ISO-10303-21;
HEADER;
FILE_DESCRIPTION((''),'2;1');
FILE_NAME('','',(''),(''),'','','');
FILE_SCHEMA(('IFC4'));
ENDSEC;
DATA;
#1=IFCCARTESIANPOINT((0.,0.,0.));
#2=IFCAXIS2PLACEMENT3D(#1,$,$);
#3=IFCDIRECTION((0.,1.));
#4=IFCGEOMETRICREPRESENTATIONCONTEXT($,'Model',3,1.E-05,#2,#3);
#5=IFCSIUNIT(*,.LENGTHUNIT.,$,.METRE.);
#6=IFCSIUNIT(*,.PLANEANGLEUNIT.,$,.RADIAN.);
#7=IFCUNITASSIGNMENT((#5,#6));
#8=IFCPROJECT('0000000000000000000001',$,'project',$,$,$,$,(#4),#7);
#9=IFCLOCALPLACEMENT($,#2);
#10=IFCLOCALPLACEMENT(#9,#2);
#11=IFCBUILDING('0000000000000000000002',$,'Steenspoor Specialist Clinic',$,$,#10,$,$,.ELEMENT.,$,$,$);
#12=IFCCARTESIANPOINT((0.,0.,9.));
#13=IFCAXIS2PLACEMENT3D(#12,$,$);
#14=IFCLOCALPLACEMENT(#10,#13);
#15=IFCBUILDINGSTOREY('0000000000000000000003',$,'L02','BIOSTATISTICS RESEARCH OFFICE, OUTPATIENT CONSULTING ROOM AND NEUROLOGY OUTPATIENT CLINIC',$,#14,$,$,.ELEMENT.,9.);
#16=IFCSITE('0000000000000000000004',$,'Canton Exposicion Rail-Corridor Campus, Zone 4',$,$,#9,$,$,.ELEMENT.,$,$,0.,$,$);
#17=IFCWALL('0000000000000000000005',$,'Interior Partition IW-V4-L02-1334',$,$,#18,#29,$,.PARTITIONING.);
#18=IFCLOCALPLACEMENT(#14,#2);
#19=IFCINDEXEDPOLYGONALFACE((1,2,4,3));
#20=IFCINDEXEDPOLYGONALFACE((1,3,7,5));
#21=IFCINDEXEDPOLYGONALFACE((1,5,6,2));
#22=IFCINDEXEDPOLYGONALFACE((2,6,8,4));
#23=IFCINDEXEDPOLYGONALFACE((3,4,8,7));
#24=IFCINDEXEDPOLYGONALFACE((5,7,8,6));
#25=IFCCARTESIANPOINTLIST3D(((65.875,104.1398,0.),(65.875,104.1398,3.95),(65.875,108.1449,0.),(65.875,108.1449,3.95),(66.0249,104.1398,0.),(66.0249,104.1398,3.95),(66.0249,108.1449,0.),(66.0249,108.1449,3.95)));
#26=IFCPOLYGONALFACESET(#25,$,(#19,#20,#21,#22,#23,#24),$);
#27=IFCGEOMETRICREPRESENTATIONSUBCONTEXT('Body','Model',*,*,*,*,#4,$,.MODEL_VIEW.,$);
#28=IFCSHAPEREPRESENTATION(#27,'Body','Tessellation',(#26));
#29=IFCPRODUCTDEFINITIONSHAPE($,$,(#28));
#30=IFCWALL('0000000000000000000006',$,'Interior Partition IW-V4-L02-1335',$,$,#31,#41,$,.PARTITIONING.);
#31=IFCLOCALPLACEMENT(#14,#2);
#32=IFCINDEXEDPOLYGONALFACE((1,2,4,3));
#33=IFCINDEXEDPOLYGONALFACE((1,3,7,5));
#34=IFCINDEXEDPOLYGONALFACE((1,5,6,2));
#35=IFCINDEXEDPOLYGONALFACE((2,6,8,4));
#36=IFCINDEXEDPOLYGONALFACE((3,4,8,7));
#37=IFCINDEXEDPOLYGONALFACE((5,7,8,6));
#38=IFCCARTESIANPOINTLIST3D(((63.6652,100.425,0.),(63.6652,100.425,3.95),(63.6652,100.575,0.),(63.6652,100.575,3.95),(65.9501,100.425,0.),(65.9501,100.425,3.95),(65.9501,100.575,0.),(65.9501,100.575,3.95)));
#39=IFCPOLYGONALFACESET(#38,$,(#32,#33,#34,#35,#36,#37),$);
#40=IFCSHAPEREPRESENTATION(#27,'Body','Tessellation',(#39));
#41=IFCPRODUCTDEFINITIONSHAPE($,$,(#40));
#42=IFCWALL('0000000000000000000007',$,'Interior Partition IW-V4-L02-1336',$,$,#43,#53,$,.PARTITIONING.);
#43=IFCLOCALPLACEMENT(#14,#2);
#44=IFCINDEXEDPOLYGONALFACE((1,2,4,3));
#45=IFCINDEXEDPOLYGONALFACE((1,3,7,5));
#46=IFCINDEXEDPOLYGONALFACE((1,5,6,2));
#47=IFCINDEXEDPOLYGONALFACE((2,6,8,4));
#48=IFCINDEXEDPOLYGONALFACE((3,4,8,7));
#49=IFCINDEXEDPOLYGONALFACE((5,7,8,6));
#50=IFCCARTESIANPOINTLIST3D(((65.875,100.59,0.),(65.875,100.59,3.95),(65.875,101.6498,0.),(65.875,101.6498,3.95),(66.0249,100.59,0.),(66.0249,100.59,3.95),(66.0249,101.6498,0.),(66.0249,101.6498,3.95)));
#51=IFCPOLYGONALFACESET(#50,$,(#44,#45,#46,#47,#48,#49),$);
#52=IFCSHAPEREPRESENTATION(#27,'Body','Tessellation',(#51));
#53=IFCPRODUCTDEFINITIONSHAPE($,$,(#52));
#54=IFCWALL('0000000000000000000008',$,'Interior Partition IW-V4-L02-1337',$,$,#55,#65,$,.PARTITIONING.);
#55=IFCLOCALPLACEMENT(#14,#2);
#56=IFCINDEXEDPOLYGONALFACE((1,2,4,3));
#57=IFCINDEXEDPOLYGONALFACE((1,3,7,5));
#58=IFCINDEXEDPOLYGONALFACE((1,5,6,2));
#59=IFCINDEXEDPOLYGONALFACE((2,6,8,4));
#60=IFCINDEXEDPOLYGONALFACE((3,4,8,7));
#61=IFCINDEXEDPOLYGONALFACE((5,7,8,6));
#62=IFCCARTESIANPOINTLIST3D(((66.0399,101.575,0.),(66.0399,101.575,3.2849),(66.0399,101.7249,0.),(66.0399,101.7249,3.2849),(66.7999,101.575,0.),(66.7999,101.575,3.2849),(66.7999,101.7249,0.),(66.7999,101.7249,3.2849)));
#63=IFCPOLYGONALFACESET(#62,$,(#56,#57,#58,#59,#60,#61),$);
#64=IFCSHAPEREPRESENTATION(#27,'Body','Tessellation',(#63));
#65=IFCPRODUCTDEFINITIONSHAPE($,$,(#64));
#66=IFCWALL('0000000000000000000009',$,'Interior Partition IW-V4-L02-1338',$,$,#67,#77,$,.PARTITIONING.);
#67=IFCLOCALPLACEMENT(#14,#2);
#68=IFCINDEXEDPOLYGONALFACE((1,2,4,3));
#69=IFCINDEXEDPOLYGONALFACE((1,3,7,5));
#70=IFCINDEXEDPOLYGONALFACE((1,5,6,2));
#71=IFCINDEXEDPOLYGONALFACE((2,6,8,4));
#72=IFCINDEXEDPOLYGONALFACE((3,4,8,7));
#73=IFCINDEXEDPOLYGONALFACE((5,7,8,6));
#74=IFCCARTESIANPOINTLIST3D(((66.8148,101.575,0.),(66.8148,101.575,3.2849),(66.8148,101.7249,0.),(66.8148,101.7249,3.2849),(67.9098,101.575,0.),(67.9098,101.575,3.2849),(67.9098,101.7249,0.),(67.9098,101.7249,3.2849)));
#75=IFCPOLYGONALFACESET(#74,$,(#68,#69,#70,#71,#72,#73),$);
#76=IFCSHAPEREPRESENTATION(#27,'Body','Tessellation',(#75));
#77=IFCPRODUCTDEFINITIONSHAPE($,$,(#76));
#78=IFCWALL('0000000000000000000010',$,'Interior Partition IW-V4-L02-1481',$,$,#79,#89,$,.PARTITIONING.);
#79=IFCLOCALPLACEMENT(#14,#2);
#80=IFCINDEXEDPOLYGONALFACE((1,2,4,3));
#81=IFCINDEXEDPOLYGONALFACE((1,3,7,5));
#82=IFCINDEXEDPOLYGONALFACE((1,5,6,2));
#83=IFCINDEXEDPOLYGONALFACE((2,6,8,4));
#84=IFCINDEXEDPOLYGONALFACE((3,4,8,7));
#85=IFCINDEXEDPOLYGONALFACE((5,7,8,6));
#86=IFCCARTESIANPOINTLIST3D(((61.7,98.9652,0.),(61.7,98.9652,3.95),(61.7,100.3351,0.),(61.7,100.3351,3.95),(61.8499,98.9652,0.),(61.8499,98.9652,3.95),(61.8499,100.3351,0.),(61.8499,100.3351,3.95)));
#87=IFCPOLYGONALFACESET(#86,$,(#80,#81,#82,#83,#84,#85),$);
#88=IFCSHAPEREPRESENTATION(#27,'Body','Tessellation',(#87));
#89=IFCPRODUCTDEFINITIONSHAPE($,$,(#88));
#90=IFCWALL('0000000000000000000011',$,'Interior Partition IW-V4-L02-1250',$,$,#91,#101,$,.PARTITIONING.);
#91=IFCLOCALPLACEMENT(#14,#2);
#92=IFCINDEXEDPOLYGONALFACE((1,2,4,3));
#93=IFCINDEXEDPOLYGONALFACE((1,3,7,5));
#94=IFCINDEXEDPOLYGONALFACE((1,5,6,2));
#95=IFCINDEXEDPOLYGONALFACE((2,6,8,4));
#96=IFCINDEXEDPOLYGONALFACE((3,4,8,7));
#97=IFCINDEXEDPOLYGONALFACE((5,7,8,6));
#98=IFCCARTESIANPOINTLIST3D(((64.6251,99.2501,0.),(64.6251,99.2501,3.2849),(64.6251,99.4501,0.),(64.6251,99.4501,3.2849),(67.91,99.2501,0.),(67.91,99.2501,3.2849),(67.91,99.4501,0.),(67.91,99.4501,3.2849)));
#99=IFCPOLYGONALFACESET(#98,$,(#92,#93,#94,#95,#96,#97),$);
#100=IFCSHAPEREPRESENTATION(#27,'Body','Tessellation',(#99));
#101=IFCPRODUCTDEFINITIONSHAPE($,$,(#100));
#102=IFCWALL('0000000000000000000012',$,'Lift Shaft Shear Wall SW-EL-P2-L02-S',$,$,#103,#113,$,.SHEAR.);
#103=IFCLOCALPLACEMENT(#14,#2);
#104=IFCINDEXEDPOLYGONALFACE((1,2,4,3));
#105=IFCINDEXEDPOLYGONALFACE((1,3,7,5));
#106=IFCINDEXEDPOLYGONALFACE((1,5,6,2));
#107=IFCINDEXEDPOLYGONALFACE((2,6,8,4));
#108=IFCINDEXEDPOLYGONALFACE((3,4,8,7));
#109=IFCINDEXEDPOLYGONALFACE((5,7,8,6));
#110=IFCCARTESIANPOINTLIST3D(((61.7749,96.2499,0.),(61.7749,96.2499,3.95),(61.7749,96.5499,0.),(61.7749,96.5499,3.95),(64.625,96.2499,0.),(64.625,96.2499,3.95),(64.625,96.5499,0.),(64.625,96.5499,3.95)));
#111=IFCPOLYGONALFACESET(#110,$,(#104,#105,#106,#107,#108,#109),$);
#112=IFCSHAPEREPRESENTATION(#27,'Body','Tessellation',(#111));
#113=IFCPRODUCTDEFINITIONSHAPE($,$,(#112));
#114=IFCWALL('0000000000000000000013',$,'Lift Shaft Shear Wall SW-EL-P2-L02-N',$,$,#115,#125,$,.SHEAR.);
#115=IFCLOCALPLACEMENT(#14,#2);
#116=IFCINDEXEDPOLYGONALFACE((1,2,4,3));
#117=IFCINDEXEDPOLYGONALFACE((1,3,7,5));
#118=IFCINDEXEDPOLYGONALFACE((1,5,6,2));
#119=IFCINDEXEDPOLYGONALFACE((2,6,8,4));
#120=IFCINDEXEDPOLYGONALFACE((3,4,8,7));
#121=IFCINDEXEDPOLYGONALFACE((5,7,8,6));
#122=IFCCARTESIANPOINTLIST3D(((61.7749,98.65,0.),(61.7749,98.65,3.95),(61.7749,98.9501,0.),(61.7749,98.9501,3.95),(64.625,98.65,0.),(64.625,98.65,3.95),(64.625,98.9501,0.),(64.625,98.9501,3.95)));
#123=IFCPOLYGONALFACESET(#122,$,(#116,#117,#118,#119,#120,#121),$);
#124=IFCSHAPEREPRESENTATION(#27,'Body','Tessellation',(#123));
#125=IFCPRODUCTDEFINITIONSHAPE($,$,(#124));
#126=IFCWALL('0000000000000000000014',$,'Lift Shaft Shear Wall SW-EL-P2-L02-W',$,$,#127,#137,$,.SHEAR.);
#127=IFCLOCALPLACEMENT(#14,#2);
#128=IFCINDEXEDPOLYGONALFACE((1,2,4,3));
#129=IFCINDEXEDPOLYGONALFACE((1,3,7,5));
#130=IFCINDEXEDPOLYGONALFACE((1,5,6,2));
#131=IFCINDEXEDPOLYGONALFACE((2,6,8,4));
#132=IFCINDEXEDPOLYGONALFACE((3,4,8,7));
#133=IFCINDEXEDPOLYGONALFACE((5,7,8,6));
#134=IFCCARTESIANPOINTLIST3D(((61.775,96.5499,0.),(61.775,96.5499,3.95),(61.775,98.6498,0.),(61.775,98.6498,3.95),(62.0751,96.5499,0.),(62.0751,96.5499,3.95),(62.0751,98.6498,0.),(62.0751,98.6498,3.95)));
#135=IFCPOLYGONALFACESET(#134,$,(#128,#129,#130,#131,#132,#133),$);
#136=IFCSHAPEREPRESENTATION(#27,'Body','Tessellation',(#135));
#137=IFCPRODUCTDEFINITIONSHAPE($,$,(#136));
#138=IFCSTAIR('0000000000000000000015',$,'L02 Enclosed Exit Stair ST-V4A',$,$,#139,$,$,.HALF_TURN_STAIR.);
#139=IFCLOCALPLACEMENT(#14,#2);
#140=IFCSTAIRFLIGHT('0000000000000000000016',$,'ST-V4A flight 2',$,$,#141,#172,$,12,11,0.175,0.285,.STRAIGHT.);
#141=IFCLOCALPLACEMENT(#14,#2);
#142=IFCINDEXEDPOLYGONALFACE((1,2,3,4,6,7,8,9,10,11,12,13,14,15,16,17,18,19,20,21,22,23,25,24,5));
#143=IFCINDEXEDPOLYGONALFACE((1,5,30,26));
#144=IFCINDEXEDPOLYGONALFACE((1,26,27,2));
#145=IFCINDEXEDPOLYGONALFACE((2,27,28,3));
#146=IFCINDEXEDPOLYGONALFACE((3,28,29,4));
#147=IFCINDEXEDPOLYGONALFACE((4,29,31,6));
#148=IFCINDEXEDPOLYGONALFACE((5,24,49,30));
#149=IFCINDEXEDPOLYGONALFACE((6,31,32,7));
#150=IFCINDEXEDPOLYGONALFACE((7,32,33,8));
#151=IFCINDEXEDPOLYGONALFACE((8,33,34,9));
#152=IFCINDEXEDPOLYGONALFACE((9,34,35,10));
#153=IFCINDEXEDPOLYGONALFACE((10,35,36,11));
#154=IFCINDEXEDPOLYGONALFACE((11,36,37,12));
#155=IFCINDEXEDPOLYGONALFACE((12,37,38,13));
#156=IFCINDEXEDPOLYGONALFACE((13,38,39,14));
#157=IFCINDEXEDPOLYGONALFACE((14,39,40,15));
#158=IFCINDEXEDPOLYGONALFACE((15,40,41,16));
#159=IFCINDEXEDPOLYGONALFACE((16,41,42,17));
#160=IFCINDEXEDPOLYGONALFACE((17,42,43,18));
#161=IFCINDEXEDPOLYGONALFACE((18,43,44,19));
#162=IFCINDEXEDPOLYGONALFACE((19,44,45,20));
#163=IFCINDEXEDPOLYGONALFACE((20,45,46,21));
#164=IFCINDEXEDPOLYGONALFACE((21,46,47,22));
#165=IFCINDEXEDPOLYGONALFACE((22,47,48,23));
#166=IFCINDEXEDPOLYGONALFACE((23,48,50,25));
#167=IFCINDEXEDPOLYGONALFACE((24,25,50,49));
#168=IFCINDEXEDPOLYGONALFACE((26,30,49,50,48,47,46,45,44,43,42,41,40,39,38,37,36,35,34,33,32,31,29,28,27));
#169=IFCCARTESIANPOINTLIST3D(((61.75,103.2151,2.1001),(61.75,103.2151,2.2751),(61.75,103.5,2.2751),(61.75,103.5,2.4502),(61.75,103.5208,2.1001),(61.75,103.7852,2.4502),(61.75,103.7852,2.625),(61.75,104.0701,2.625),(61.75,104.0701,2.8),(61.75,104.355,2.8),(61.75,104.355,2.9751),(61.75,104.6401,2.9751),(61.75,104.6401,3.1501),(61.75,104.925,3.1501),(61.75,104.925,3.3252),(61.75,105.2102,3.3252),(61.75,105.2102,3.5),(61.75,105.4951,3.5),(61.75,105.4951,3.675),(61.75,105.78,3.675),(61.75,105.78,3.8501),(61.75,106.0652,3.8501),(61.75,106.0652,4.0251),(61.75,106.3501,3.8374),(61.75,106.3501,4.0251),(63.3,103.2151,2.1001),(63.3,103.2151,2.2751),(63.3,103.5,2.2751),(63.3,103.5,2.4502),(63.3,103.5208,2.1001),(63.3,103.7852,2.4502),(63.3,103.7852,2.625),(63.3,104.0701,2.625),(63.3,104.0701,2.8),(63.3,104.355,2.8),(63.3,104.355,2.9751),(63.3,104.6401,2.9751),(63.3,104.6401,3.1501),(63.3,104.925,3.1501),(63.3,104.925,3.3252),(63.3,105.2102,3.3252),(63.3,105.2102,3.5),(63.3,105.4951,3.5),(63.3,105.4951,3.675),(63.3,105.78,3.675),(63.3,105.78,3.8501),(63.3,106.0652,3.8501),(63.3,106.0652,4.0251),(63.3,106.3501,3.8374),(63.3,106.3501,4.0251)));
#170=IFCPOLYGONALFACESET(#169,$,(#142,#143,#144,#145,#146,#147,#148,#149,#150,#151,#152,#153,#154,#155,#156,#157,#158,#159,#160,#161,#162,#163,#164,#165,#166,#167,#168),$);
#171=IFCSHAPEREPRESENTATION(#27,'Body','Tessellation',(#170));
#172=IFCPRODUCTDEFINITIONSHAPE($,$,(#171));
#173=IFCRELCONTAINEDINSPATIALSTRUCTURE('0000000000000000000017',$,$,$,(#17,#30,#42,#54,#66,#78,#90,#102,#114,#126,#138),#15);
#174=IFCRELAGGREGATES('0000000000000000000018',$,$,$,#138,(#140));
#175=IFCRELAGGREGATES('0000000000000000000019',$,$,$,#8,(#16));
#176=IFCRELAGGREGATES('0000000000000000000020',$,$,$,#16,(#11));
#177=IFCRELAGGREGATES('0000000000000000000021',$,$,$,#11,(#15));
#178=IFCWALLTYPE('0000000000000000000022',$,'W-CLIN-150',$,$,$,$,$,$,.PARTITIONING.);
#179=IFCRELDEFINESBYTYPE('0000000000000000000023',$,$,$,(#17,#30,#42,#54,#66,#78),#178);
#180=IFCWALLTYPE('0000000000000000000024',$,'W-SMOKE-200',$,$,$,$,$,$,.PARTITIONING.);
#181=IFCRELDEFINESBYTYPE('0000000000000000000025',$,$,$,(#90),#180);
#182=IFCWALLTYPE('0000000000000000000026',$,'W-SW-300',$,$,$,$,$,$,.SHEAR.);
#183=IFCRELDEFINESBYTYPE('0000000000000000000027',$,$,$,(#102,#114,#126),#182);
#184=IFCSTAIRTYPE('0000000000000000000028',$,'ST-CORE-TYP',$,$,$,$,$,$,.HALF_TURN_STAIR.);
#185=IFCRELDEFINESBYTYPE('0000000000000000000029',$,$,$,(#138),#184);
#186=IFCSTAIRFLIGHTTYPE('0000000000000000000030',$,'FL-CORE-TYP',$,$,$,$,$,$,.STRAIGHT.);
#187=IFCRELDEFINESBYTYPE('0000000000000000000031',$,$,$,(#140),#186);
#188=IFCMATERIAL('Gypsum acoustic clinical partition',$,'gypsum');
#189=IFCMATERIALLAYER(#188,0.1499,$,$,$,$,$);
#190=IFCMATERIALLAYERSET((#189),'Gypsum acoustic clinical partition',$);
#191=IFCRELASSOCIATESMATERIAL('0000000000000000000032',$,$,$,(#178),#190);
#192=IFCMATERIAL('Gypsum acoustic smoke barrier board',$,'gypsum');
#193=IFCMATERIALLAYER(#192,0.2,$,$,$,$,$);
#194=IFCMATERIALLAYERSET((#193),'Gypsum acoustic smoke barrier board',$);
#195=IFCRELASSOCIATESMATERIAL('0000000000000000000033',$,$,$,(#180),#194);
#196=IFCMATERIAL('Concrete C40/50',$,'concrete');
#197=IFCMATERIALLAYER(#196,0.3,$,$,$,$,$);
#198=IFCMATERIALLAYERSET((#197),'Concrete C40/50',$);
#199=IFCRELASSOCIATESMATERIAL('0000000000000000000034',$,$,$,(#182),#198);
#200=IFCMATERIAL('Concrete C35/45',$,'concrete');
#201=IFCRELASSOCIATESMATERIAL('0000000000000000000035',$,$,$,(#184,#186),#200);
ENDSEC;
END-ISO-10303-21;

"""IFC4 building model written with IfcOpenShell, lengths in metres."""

from ifc_helpers import new_model, si_unit, direction, frame, frame_2d, origin, place, context, subcontext, project, spatial, polyline, rectangle, outline, extrude, material, layer, layer_set, type_object, element, aggregate, save


model = new_model("IFC4")

# Units and contexts
model_context = context("Model", 3, precision=1e-05, world=origin(), true_north=direction((0.0, 1.0)))
body_context = subcontext(model_context, "Body", "Model", "MODEL_VIEW")
ifc_project = project(units=[si_unit("LENGTHUNIT", "METRE"), si_unit("PLANEANGLEUNIT", "RADIAN")], contexts=[model_context])

# Site, building, storey
site_placement = place(None, origin())
site = spatial("IfcSite", under=ifc_project, at=site_placement, Name="Canton Exposicion Rail-Corridor Campus, Zone 4", CompositionType="ELEMENT", RefElevation=0.0)
building_placement = place(site_placement, origin())
building = spatial("IfcBuilding", under=site, at=building_placement, Name="Steenspoor Specialist Clinic", CompositionType="ELEMENT")
storey_placement = place(building_placement, frame((0.0, 0.0, 9.0)))
storey = spatial("IfcBuildingStorey", under=building, at=storey_placement, Name="L02", Description="BIOSTATISTICS RESEARCH OFFICE, OUTPATIENT CONSULTING ROOM AND NEUROLOGY OUTPATIENT CLINIC", CompositionType="ELEMENT", Elevation=9.0)

# Shared definitions
ifc_material_1 = material(Name="Concrete C40/50", Category="concrete")

# Shared definitions
ifc_material_2 = material(Name="Concrete C35/45", Category="concrete")

# Shared definitions
ifc_material_3 = material(Name="Gypsum acoustic clinical partition", Category="gypsum")
ifc_layer_1 = layer(ifc_material_3, 0.1499)
ifc_layer_set_1 = layer_set([ifc_layer_1], Name="Gypsum acoustic clinical partition")
wall_type_1 = type_object("IfcWallType", Name="W-CLIN-150", PredefinedType="PARTITIONING", material=ifc_layer_set_1)

# Walls
wall_1_placement = place(storey_placement, frame((65.95, 104.1399, 0.0), z_axis=(0.0, 0.0, 1.0), x_axis=(0.0, 1.0, 0.0)))
element("IfcWall", 1, at=wall_1_placement, inside=storey, type_object=wall_type_1, Name="Interior Partition IW-V4-L02-1334", PredefinedType="PARTITIONING", context=body_context, shape_type="SweptSolid", body=[
    extrude(rectangle(XDim=4.0051, YDim=0.1499, at=frame_2d((2.0024, 0.0))), origin(), (0.0, 0.0, 1.0), 3.95),
])
wall_2_placement = place(storey_placement, frame((63.665, 100.5, 0.0), z_axis=(0.0, 0.0, 1.0), x_axis=(1.0, 0.0, 0.0)))
element("IfcWall", 2, at=wall_2_placement, inside=storey, type_object=wall_type_1, Name="Interior Partition IW-V4-L02-1335", PredefinedType="PARTITIONING", context=body_context, shape_type="SweptSolid", body=[
    extrude(rectangle(XDim=2.2849, YDim=0.1499, at=frame_2d((1.1426, 0.0))), origin(), (0.0, 0.0, 1.0), 3.95),
])
wall_3_placement = place(storey_placement, frame((65.95, 100.5901, 0.0), z_axis=(0.0, 0.0, 1.0), x_axis=(0.0, 1.0, 0.0)))
element("IfcWall", 3, at=wall_3_placement, inside=storey, type_object=wall_type_1, Name="Interior Partition IW-V4-L02-1336", PredefinedType="PARTITIONING", context=body_context, shape_type="SweptSolid", body=[
    extrude(rectangle(XDim=1.0598, YDim=0.1499, at=frame_2d((0.5298, 0.0))), origin(), (0.0, 0.0, 1.0), 3.95),
])
wall_4_placement = place(storey_placement, frame((66.04, 101.6499, 0.0), z_axis=(0.0, 0.0, 1.0), x_axis=(1.0, 0.0, 0.0)))
element("IfcWall", 4, at=wall_4_placement, inside=storey, type_object=wall_type_1, Name="Interior Partition IW-V4-L02-1337", PredefinedType="PARTITIONING", context=body_context, shape_type="SweptSolid", body=[
    extrude(rectangle(XDim=0.76, YDim=0.1499, at=frame_2d((0.3799, 0.0))), origin(), (0.0, 0.0, 1.0), 3.2849),
])
wall_5_placement = place(storey_placement, frame((66.8149, 101.6499, 0.0), z_axis=(0.0, 0.0, 1.0), x_axis=(1.0, 0.0, 0.0)))
element("IfcWall", 5, at=wall_5_placement, inside=storey, type_object=wall_type_1, Name="Interior Partition IW-V4-L02-1338", PredefinedType="PARTITIONING", context=body_context, shape_type="SweptSolid", body=[
    extrude(rectangle(XDim=1.095, YDim=0.1499, at=frame_2d((0.5474, 0.0))), origin(), (0.0, 0.0, 1.0), 3.2849),
])
wall_6_placement = place(storey_placement, frame((61.7749, 98.9651, 0.0), z_axis=(0.0, 0.0, 1.0), x_axis=(0.0, 1.0, 0.0)))
element("IfcWall", 6, at=wall_6_placement, inside=storey, type_object=wall_type_1, Name="Interior Partition IW-V4-L02-1481", PredefinedType="PARTITIONING", context=body_context, shape_type="SweptSolid", body=[
    extrude(rectangle(XDim=1.3699, YDim=0.1499, at=frame_2d((0.6851, 0.0))), origin(), (0.0, 0.0, 1.0), 3.95),
])
ifc_material_4 = material(Name="Gypsum acoustic smoke barrier board", Category="gypsum")
ifc_layer_2 = layer(ifc_material_4, 0.2)
ifc_layer_set_2 = layer_set([ifc_layer_2], Name="Gypsum acoustic smoke barrier board")
wall_type_2 = type_object("IfcWallType", Name="W-SMOKE-200", PredefinedType="PARTITIONING", material=ifc_layer_set_2)
wall_7_placement = place(storey_placement, frame((64.625, 99.3501, 0.0), z_axis=(0.0, 0.0, 1.0), x_axis=(1.0, 0.0, 0.0)))
element("IfcWall", 7, at=wall_7_placement, inside=storey, type_object=wall_type_2, Name="Interior Partition IW-V4-L02-1250", PredefinedType="PARTITIONING", context=body_context, shape_type="SweptSolid", body=[
    extrude(rectangle(XDim=3.2849, YDim=0.2, at=frame_2d((1.6426, 0.0))), origin(), (0.0, 0.0, 1.0), 3.2849),
])
ifc_layer_3 = layer(ifc_material_1, 0.3)
ifc_layer_set_3 = layer_set([ifc_layer_3], Name="Concrete C40/50")
wall_type_3 = type_object("IfcWallType", Name="W-SW-300", PredefinedType="SHEAR", material=ifc_layer_set_3)
for number, where, z_axis, x_axis, name in (
    (8, (61.7749, 96.3999, 0.0), (0.0, 0.0, 1.0), (1.0, 0.0, 0.0), "Lift Shaft Shear Wall SW-EL-P2-L02-S"),
    (9, (61.7749, 98.8, 0.0), (0.0, 0.0, 1.0), (1.0, 0.0, 0.0), "Lift Shaft Shear Wall SW-EL-P2-L02-N"),
):
    element("IfcWall", number, at=place(storey_placement, frame(where, z_axis=z_axis, x_axis=x_axis)), inside=storey, type_object=wall_type_3, Name=name, PredefinedType="SHEAR", context=body_context, shape_type="SweptSolid", body=[
        extrude(rectangle(XDim=2.8501, YDim=0.3, at=frame_2d((1.425, 0.0))), origin(), (0.0, 0.0, 1.0), 3.95),
    ])
wall_8_placement = place(storey_placement, frame((61.925, 96.55, 0.0), z_axis=(0.0, 0.0, 1.0), x_axis=(0.0, 1.0, 0.0)))
element("IfcWall", 10, at=wall_8_placement, inside=storey, type_object=wall_type_3, Name="Lift Shaft Shear Wall SW-EL-P2-L02-W", PredefinedType="SHEAR", context=body_context, shape_type="SweptSolid", body=[
    extrude(rectangle(XDim=2.0999, YDim=0.3, at=frame_2d((1.0498, 0.0))), origin(), (0.0, 0.0, 1.0), 3.95),
])

# Stair, stair flight
stair_type = type_object("IfcStairType", Name="ST-CORE-TYP", PredefinedType="HALF_TURN_STAIR", material=ifc_material_2)
stair_placement = place(storey_placement, origin())
stair = element("IfcStair", 11, at=stair_placement, inside=storey, type_object=stair_type, Name="L02 Enclosed Exit Stair ST-V4A", PredefinedType="HALF_TURN_STAIR")
stair_flight_type = type_object("IfcStairFlightType", Name="FL-CORE-TYP", PredefinedType="STRAIGHT", material=ifc_material_2)
stair_flight_placement = place(storey_placement, frame((62.5249, 103.2151, 2.1001), z_axis=(0.0, 0.0, 1.0), x_axis=(0.0, 1.0, 0.0)))
stair_flight = element("IfcStairFlight", 12, at=stair_flight_placement, type_object=stair_flight_type, Name="ST-V4A flight 2", NumberOfRisers=12, NumberOfTreads=11, PredefinedType="STRAIGHT", RiserHeight=0.175, TreadLength=0.285, context=body_context, shape_type="SweptSolid", body=[
    extrude(outline(polyline([(0.0, 0.0), (0.0, 0.175), (0.2849, 0.175), (0.2849, 0.3501), (0.5701, 0.3501), (0.5701, 0.5249), (0.855, 0.5249), (0.855, 0.7), (1.1399, 0.7), (1.1399, 0.875), (1.425, 0.875), (1.425, 1.05), (1.71, 1.05), (1.71, 1.2251), (1.9951, 1.2251), (1.9951, 1.3999), (2.28, 1.3999), (2.28, 1.575), (2.5649, 1.575), (2.5649, 1.75), (2.8501, 1.75), (2.8501, 1.925), (3.135, 1.925), (3.135, 2.1001), (3.135, 1.7373), (0.3057, 0.0), (0.0, 0.0)])), frame((0.0, 0.7749, 0.0), z_axis=(0.0, -1.0, 0.0), x_axis=(1.0, 0.0, 0.0)), (0.0, 0.0, 1.0), 1.55),
])
aggregate(stair, [stair_flight])

save(model, "model.ifc")
